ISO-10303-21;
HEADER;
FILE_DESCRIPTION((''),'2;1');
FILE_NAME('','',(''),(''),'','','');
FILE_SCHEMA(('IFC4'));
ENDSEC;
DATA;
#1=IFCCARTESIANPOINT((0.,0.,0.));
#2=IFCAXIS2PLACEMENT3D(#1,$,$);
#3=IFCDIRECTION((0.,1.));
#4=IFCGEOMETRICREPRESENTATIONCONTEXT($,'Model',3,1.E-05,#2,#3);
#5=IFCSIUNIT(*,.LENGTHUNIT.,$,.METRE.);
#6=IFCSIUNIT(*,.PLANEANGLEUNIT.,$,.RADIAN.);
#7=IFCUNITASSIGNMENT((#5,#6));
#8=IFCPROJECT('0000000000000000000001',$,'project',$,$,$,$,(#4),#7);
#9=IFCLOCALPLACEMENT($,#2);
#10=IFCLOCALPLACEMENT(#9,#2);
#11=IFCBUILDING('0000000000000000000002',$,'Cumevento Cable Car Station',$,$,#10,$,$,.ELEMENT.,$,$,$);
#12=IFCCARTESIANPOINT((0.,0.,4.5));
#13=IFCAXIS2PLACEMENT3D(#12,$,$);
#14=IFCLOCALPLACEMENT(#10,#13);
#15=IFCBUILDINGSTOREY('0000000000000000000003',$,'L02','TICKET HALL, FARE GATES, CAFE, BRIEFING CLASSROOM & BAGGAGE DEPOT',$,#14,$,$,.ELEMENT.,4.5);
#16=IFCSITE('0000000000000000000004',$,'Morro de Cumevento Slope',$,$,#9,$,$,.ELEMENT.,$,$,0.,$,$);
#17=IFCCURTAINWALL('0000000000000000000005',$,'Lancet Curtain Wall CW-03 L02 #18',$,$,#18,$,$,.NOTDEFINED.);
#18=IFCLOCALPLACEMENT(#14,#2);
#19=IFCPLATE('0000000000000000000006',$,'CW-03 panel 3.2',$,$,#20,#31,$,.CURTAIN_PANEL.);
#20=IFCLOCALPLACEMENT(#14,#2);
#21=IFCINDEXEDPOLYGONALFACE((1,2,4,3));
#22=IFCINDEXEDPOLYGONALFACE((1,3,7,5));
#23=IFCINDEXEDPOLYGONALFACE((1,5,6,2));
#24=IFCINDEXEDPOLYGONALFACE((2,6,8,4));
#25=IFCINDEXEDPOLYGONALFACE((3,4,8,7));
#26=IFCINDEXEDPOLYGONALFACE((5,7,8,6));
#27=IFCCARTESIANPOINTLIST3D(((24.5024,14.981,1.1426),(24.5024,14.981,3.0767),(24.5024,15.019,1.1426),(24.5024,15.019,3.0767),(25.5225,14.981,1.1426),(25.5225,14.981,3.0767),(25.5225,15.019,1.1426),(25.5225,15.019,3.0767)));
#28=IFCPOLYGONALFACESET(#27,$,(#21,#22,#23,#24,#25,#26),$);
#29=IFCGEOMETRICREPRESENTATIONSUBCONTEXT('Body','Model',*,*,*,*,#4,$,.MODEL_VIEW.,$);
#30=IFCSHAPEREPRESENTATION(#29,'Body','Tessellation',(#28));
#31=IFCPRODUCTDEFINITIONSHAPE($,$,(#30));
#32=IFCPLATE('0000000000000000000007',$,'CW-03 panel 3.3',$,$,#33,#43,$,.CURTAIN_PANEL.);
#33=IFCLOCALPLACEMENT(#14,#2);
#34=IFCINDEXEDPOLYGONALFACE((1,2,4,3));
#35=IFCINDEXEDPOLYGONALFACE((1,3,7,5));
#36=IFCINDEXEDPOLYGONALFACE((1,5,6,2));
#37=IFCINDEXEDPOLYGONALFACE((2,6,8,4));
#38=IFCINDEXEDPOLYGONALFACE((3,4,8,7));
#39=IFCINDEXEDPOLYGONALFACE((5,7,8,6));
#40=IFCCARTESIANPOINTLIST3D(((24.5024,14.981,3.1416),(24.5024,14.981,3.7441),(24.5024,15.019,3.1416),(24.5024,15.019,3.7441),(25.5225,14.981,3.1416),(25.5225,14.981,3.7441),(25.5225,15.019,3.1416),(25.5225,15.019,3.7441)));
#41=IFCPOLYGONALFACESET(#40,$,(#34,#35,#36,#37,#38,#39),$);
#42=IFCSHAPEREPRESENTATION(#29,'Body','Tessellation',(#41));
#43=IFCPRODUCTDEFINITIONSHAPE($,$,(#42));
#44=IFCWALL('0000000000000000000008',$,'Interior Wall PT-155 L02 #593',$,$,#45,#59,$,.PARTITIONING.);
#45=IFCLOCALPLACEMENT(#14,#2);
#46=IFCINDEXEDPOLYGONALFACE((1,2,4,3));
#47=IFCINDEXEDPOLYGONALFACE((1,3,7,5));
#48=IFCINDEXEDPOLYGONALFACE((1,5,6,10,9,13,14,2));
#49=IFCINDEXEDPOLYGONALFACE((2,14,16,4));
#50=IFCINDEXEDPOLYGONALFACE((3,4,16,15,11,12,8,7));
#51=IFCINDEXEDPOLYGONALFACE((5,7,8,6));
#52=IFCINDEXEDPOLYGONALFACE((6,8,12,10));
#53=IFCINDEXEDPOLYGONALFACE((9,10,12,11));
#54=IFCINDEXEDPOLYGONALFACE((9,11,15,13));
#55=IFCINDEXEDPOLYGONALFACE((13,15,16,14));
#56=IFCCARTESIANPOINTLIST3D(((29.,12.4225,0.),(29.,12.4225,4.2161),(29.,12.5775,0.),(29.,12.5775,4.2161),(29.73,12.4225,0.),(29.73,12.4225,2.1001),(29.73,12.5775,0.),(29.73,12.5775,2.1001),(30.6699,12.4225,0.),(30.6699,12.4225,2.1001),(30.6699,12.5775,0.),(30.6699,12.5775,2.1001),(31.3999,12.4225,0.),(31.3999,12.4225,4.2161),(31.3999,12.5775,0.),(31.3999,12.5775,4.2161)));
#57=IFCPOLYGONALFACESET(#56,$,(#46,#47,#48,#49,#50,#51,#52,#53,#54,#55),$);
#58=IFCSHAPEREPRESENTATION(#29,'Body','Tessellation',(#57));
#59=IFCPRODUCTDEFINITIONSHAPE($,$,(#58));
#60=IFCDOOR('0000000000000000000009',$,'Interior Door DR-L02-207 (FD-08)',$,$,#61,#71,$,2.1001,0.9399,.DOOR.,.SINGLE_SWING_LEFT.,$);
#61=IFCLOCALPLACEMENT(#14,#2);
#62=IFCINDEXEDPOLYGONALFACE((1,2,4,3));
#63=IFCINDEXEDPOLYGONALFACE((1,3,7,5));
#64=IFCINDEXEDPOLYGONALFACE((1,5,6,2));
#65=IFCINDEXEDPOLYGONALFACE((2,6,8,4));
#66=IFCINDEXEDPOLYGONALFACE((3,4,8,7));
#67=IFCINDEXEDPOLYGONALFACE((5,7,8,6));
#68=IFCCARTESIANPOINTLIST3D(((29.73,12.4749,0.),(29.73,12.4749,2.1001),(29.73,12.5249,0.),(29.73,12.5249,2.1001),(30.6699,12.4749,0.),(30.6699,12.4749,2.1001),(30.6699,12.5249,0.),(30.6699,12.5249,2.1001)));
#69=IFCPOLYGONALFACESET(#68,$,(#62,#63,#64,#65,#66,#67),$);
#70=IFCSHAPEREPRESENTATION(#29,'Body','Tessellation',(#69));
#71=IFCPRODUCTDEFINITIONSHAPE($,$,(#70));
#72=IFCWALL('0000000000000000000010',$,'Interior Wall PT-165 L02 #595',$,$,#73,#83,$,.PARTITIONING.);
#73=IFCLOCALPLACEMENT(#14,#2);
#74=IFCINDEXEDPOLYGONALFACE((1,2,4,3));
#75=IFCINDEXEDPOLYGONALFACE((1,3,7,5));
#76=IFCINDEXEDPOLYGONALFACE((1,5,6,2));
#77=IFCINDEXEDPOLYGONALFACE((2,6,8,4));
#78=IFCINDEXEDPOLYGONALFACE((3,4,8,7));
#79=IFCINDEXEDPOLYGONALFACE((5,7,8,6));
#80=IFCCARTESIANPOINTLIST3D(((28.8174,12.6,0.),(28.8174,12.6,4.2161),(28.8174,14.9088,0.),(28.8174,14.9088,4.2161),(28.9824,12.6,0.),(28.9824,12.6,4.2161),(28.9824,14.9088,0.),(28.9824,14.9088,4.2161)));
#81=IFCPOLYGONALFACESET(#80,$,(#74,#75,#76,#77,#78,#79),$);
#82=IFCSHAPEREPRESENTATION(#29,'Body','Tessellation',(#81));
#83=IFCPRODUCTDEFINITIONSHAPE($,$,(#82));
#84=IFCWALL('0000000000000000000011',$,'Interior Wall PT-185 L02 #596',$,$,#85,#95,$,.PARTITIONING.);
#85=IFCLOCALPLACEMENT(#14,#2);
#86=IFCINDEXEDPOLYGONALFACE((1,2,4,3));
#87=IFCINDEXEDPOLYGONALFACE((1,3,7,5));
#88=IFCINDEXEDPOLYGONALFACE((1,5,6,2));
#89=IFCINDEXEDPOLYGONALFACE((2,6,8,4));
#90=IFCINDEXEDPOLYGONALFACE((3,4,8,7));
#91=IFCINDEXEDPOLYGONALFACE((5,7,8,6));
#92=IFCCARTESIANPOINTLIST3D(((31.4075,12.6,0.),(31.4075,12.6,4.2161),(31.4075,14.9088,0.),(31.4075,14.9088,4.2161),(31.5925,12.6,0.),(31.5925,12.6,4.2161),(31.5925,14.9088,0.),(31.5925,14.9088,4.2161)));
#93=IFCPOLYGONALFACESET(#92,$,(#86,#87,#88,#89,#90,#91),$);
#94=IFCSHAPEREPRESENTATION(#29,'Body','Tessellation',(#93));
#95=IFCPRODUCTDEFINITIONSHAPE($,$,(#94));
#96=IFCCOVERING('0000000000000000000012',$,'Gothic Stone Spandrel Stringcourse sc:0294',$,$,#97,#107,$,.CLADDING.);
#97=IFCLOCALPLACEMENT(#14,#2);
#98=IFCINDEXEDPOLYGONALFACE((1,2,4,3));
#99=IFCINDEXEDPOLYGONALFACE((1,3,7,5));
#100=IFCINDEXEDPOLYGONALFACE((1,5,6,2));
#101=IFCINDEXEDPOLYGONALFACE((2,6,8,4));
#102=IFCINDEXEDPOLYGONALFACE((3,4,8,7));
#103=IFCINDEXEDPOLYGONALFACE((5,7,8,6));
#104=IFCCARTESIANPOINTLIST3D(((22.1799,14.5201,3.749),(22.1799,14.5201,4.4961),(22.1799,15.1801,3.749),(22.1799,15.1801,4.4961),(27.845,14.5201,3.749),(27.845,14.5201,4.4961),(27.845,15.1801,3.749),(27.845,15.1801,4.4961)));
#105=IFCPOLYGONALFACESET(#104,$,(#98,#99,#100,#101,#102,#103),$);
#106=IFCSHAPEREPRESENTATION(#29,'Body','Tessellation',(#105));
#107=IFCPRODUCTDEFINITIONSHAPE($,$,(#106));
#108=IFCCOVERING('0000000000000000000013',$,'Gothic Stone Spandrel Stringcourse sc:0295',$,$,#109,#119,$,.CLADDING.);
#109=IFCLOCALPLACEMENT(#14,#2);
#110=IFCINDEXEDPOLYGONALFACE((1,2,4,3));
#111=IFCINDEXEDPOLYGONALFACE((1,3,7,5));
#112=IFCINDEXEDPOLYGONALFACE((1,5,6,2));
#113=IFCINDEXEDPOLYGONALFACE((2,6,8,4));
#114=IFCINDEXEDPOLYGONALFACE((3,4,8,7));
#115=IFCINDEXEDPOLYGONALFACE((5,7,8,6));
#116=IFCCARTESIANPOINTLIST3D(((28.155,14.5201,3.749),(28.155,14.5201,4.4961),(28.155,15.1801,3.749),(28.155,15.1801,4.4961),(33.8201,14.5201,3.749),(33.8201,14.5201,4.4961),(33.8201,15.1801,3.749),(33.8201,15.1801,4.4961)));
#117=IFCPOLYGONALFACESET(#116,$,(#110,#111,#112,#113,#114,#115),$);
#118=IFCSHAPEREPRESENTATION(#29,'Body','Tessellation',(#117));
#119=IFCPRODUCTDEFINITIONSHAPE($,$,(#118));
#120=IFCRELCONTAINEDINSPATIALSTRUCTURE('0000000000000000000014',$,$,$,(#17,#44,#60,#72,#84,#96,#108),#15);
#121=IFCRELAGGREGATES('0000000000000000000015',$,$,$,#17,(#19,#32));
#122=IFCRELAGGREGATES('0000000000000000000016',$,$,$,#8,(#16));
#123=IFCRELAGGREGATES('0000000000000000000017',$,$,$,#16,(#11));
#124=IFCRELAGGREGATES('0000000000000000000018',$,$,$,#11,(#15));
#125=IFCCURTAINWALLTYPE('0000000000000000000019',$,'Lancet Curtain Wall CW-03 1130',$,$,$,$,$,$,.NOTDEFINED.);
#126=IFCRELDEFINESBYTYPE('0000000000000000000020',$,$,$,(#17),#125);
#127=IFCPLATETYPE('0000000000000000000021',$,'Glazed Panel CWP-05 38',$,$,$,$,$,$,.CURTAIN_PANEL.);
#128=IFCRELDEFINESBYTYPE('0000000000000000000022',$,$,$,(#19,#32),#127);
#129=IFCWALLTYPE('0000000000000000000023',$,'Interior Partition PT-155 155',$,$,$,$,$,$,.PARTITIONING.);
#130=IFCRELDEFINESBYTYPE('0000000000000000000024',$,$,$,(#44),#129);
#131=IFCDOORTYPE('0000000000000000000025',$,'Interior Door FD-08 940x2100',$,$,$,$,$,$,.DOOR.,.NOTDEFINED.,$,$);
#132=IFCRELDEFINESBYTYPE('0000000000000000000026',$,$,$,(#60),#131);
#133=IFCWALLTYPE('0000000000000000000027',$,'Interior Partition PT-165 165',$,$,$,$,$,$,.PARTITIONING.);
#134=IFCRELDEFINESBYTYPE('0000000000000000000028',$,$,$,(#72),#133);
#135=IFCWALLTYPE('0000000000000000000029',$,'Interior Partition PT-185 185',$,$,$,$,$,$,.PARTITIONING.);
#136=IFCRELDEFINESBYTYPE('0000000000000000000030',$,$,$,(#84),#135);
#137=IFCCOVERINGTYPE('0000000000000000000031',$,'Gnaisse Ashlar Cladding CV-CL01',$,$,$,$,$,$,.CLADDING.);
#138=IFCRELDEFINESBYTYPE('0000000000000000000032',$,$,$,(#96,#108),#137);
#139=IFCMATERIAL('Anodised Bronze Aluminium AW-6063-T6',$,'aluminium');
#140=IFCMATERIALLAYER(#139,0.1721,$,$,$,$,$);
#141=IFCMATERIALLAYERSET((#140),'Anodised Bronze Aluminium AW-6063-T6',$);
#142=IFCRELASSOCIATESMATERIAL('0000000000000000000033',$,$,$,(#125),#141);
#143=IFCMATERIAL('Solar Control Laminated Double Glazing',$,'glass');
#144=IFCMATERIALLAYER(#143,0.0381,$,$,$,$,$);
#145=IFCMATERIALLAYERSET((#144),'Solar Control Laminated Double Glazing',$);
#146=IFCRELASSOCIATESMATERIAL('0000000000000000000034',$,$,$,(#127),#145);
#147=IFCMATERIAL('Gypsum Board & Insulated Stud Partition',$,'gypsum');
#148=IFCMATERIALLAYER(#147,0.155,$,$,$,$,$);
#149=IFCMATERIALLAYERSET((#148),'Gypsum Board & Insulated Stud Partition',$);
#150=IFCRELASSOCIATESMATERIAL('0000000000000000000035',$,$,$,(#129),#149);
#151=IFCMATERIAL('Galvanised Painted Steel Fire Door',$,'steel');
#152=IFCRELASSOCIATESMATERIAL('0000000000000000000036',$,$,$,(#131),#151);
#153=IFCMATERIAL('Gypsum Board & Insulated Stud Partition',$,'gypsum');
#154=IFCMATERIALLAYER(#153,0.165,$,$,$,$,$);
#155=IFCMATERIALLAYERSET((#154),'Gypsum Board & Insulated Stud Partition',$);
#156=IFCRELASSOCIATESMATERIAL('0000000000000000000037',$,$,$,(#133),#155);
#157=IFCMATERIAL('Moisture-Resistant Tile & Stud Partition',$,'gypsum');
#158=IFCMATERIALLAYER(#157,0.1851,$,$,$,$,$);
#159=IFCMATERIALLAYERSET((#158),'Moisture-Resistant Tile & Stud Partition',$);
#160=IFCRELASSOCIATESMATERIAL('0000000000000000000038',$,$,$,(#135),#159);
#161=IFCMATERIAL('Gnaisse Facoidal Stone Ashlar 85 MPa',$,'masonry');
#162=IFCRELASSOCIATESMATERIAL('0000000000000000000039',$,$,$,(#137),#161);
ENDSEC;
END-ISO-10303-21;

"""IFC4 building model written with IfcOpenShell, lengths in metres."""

from ifc_helpers import new_model, si_unit, direction, frame, frame_2d, origin, origin_2d, place, context, subcontext, project, spatial, rectangle, extrude, material, layer, layer_set, type_object, element, fill, aggregate, save


model = new_model("IFC4")

# Units and contexts
model_context = context("Model", 3, precision=1e-05, world=origin(), true_north=direction((0.0, 1.0)))
body_context = subcontext(model_context, "Body", "Model", "MODEL_VIEW")
ifc_project = project(units=[si_unit("LENGTHUNIT", "METRE"), si_unit("PLANEANGLEUNIT", "RADIAN")], contexts=[model_context])

# Site, building, storey
site_placement = place(None, origin())
site = spatial("IfcSite", under=ifc_project, at=site_placement, Name="Morro de Cumevento Slope", CompositionType="ELEMENT", RefElevation=0.0)
building_placement = place(site_placement, origin())
building = spatial("IfcBuilding", under=site, at=building_placement, Name="Cumevento Cable Car Station", CompositionType="ELEMENT")
storey_placement = place(building_placement, frame((0.0, 0.0, 4.5)))
storey = spatial("IfcBuildingStorey", under=building, at=storey_placement, Name="L02", Description="TICKET HALL, FARE GATES, CAFE, BRIEFING CLASSROOM & BAGGAGE DEPOT", CompositionType="ELEMENT", Elevation=4.5)

# Curtain wall, plates
ifc_material_1 = material(Name="Anodised Bronze Aluminium AW-6063-T6", Category="aluminium")
ifc_layer_1 = layer(ifc_material_1, 0.1721)
ifc_layer_set_1 = layer_set([ifc_layer_1], Name="Anodised Bronze Aluminium AW-6063-T6")
curtain_wall_type = type_object("IfcCurtainWallType", Name="Lancet Curtain Wall CW-03 1130", PredefinedType="NOTDEFINED", material=ifc_layer_set_1)
curtain_wall_placement = place(storey_placement, origin())
curtain_wall = element("IfcCurtainWall", 1, at=curtain_wall_placement, inside=storey, type_object=curtain_wall_type, Name="Lancet Curtain Wall CW-03 L02 #18", PredefinedType="NOTDEFINED")
ifc_material_2 = material(Name="Solar Control Laminated Double Glazing", Category="glass")
ifc_layer_2 = layer(ifc_material_2, 0.0381)
ifc_layer_set_2 = layer_set([ifc_layer_2], Name="Solar Control Laminated Double Glazing")
plate_type = type_object("IfcPlateType", Name="Glazed Panel CWP-05 38", PredefinedType="CURTAIN_PANEL", material=ifc_layer_set_2)
plate_1_placement = place(storey_placement, frame((25.0125, 15.0, 1.1426), z_axis=(0.0, 0.0, 1.0), x_axis=(1.0, 0.0, 0.0)))
plate_1 = element("IfcPlate", 2, at=plate_1_placement, type_object=plate_type, Name="CW-03 panel 3.2", PredefinedType="CURTAIN_PANEL", context=body_context, shape_type="SweptSolid", body=[
    extrude(rectangle(XDim=1.02, YDim=0.0381, at=origin_2d()), origin(), (0.0, 0.0, 1.0), 1.9341),
])
plate_2_placement = place(storey_placement, frame((25.0125, 15.0, 3.1416), z_axis=(0.0, 0.0, 1.0), x_axis=(1.0, 0.0, 0.0)))
plate_2 = element("IfcPlate", 3, at=plate_2_placement, type_object=plate_type, Name="CW-03 panel 3.3", PredefinedType="CURTAIN_PANEL", context=body_context, shape_type="SweptSolid", body=[
    extrude(rectangle(XDim=1.02, YDim=0.0381, at=origin_2d()), origin(), (0.0, 0.0, 1.0), 0.6025),
])
aggregate(curtain_wall, [plate_1, plate_2])

# Wall, opening, door
ifc_material_3 = material(Name="Gypsum Board & Insulated Stud Partition", Category="gypsum")
ifc_layer_3 = layer(ifc_material_3, 0.155)
ifc_layer_set_3 = layer_set([ifc_layer_3], Name="Gypsum Board & Insulated Stud Partition")
wall_type_1 = type_object("IfcWallType", Name="Interior Partition PT-155 155", PredefinedType="PARTITIONING", material=ifc_layer_set_3)
wall_1_placement = place(storey_placement, frame((29.0, 12.5, 0.0), z_axis=(0.0, 0.0, 1.0), x_axis=(1.0, 0.0, 0.0)))
wall_1 = element("IfcWall", 4, at=wall_1_placement, inside=storey, type_object=wall_type_1, Name="Interior Wall PT-155 L02 #593", PredefinedType="PARTITIONING", context=body_context, shape_type="SweptSolid", body=[
    extrude(rectangle(XDim=2.3999, YDim=0.155, at=frame_2d((1.2, 0.0))), origin(), (0.0, 0.0, 1.0), 4.2161),
])
opening_placement = place(wall_1_placement, frame((0.73, 0.0, 0.0)))
opening = element("IfcOpeningElement", 5, at=opening_placement, cuts=wall_1, PredefinedType="OPENING", context=body_context, shape_type="SweptSolid", body=[
    extrude(rectangle(XDim=0.9399, YDim=2.1001, at=frame_2d((0.47, 1.05))), frame((0.0, 0.0876, 0.0), z_axis=(0.0, -1.0, 0.0), x_axis=(1.0, 0.0, 0.0)), (0.0, 0.0, 1.0), 0.175),
])
ifc_material_4 = material(Name="Galvanised Painted Steel Fire Door", Category="steel")
door_type = type_object("IfcDoorType", Name="Interior Door FD-08 940x2100", OperationType="NOTDEFINED", PredefinedType="DOOR", material=ifc_material_4)
door_placement = place(opening_placement, origin())
door = element("IfcDoor", 6, at=door_placement, inside=storey, type_object=door_type, Name="Interior Door DR-L02-207 (FD-08)", OperationType="SINGLE_SWING_LEFT", OverallHeight=2.1001, OverallWidth=0.9399, PredefinedType="DOOR", context=body_context, shape_type="SweptSolid", body=[
    extrude(rectangle(XDim=0.9399, YDim=2.1001, at=frame_2d((0.47, 1.05))), frame((0.0, 0.0249, 0.0), z_axis=(0.0, -1.0, 0.0), x_axis=(1.0, 0.0, 0.0)), (0.0, 0.0, 1.0), 0.05),
])
fill(opening, door)

# Walls
ifc_material_5 = material(Name="Gypsum Board & Insulated Stud Partition", Category="gypsum")
ifc_layer_4 = layer(ifc_material_5, 0.165)
ifc_layer_set_4 = layer_set([ifc_layer_4], Name="Gypsum Board & Insulated Stud Partition")
wall_type_2 = type_object("IfcWallType", Name="Interior Partition PT-165 165", PredefinedType="PARTITIONING", material=ifc_layer_set_4)
wall_2_placement = place(storey_placement, frame((28.8999, 12.6001, 0.0), z_axis=(0.0, 0.0, 1.0), x_axis=(0.0, 1.0, 0.0)))
element("IfcWall", 7, at=wall_2_placement, inside=storey, type_object=wall_type_2, Name="Interior Wall PT-165 L02 #595", PredefinedType="PARTITIONING", context=body_context, shape_type="SweptSolid", body=[
    extrude(rectangle(XDim=2.3088, YDim=0.165, at=frame_2d((1.1543, 0.0))), origin(), (0.0, 0.0, 1.0), 4.2161),
])
ifc_material_6 = material(Name="Moisture-Resistant Tile & Stud Partition", Category="gypsum")
ifc_layer_5 = layer(ifc_material_6, 0.1851)
ifc_layer_set_5 = layer_set([ifc_layer_5], Name="Moisture-Resistant Tile & Stud Partition")
wall_type_3 = type_object("IfcWallType", Name="Interior Partition PT-185 185", PredefinedType="PARTITIONING", material=ifc_layer_set_5)
wall_3_placement = place(storey_placement, frame((31.5, 12.6001, 0.0), z_axis=(0.0, 0.0, 1.0), x_axis=(0.0, 1.0, 0.0)))
element("IfcWall", 8, at=wall_3_placement, inside=storey, type_object=wall_type_3, Name="Interior Wall PT-185 L02 #596", PredefinedType="PARTITIONING", context=body_context, shape_type="SweptSolid", body=[
    extrude(rectangle(XDim=2.3088, YDim=0.1851, at=frame_2d((1.1543, 0.0))), origin(), (0.0, 0.0, 1.0), 4.2161),
])

# Coverings
ifc_material_7 = material(Name="Gnaisse Facoidal Stone Ashlar 85 MPa", Category="masonry")
covering_type = type_object("IfcCoveringType", Name="Gnaisse Ashlar Cladding CV-CL01", PredefinedType="CLADDING", material=ifc_material_7)
for number, where, z_axis, x_axis, name in (
    (9, (25.0125, 14.8501, 3.749), (0.0, 0.0, 1.0), (1.0, 0.0, 0.0), "Gothic Stone Spandrel Stringcourse sc:0294"),
    (10, (30.9875, 14.8501, 3.749), (0.0, 0.0, 1.0), (1.0, 0.0, 0.0), "Gothic Stone Spandrel Stringcourse sc:0295"),
):
    element("IfcCovering", number, at=place(storey_placement, frame(where, z_axis=z_axis, x_axis=x_axis)), inside=storey, type_object=covering_type, Name=name, PredefinedType="CLADDING", context=body_context, shape_type="SweptSolid", body=[
        extrude(rectangle(XDim=5.665, YDim=0.6599, at=origin_2d()), origin(), (0.0, 0.0, 1.0), 0.7471),
    ])

save(model, "model.ifc")
